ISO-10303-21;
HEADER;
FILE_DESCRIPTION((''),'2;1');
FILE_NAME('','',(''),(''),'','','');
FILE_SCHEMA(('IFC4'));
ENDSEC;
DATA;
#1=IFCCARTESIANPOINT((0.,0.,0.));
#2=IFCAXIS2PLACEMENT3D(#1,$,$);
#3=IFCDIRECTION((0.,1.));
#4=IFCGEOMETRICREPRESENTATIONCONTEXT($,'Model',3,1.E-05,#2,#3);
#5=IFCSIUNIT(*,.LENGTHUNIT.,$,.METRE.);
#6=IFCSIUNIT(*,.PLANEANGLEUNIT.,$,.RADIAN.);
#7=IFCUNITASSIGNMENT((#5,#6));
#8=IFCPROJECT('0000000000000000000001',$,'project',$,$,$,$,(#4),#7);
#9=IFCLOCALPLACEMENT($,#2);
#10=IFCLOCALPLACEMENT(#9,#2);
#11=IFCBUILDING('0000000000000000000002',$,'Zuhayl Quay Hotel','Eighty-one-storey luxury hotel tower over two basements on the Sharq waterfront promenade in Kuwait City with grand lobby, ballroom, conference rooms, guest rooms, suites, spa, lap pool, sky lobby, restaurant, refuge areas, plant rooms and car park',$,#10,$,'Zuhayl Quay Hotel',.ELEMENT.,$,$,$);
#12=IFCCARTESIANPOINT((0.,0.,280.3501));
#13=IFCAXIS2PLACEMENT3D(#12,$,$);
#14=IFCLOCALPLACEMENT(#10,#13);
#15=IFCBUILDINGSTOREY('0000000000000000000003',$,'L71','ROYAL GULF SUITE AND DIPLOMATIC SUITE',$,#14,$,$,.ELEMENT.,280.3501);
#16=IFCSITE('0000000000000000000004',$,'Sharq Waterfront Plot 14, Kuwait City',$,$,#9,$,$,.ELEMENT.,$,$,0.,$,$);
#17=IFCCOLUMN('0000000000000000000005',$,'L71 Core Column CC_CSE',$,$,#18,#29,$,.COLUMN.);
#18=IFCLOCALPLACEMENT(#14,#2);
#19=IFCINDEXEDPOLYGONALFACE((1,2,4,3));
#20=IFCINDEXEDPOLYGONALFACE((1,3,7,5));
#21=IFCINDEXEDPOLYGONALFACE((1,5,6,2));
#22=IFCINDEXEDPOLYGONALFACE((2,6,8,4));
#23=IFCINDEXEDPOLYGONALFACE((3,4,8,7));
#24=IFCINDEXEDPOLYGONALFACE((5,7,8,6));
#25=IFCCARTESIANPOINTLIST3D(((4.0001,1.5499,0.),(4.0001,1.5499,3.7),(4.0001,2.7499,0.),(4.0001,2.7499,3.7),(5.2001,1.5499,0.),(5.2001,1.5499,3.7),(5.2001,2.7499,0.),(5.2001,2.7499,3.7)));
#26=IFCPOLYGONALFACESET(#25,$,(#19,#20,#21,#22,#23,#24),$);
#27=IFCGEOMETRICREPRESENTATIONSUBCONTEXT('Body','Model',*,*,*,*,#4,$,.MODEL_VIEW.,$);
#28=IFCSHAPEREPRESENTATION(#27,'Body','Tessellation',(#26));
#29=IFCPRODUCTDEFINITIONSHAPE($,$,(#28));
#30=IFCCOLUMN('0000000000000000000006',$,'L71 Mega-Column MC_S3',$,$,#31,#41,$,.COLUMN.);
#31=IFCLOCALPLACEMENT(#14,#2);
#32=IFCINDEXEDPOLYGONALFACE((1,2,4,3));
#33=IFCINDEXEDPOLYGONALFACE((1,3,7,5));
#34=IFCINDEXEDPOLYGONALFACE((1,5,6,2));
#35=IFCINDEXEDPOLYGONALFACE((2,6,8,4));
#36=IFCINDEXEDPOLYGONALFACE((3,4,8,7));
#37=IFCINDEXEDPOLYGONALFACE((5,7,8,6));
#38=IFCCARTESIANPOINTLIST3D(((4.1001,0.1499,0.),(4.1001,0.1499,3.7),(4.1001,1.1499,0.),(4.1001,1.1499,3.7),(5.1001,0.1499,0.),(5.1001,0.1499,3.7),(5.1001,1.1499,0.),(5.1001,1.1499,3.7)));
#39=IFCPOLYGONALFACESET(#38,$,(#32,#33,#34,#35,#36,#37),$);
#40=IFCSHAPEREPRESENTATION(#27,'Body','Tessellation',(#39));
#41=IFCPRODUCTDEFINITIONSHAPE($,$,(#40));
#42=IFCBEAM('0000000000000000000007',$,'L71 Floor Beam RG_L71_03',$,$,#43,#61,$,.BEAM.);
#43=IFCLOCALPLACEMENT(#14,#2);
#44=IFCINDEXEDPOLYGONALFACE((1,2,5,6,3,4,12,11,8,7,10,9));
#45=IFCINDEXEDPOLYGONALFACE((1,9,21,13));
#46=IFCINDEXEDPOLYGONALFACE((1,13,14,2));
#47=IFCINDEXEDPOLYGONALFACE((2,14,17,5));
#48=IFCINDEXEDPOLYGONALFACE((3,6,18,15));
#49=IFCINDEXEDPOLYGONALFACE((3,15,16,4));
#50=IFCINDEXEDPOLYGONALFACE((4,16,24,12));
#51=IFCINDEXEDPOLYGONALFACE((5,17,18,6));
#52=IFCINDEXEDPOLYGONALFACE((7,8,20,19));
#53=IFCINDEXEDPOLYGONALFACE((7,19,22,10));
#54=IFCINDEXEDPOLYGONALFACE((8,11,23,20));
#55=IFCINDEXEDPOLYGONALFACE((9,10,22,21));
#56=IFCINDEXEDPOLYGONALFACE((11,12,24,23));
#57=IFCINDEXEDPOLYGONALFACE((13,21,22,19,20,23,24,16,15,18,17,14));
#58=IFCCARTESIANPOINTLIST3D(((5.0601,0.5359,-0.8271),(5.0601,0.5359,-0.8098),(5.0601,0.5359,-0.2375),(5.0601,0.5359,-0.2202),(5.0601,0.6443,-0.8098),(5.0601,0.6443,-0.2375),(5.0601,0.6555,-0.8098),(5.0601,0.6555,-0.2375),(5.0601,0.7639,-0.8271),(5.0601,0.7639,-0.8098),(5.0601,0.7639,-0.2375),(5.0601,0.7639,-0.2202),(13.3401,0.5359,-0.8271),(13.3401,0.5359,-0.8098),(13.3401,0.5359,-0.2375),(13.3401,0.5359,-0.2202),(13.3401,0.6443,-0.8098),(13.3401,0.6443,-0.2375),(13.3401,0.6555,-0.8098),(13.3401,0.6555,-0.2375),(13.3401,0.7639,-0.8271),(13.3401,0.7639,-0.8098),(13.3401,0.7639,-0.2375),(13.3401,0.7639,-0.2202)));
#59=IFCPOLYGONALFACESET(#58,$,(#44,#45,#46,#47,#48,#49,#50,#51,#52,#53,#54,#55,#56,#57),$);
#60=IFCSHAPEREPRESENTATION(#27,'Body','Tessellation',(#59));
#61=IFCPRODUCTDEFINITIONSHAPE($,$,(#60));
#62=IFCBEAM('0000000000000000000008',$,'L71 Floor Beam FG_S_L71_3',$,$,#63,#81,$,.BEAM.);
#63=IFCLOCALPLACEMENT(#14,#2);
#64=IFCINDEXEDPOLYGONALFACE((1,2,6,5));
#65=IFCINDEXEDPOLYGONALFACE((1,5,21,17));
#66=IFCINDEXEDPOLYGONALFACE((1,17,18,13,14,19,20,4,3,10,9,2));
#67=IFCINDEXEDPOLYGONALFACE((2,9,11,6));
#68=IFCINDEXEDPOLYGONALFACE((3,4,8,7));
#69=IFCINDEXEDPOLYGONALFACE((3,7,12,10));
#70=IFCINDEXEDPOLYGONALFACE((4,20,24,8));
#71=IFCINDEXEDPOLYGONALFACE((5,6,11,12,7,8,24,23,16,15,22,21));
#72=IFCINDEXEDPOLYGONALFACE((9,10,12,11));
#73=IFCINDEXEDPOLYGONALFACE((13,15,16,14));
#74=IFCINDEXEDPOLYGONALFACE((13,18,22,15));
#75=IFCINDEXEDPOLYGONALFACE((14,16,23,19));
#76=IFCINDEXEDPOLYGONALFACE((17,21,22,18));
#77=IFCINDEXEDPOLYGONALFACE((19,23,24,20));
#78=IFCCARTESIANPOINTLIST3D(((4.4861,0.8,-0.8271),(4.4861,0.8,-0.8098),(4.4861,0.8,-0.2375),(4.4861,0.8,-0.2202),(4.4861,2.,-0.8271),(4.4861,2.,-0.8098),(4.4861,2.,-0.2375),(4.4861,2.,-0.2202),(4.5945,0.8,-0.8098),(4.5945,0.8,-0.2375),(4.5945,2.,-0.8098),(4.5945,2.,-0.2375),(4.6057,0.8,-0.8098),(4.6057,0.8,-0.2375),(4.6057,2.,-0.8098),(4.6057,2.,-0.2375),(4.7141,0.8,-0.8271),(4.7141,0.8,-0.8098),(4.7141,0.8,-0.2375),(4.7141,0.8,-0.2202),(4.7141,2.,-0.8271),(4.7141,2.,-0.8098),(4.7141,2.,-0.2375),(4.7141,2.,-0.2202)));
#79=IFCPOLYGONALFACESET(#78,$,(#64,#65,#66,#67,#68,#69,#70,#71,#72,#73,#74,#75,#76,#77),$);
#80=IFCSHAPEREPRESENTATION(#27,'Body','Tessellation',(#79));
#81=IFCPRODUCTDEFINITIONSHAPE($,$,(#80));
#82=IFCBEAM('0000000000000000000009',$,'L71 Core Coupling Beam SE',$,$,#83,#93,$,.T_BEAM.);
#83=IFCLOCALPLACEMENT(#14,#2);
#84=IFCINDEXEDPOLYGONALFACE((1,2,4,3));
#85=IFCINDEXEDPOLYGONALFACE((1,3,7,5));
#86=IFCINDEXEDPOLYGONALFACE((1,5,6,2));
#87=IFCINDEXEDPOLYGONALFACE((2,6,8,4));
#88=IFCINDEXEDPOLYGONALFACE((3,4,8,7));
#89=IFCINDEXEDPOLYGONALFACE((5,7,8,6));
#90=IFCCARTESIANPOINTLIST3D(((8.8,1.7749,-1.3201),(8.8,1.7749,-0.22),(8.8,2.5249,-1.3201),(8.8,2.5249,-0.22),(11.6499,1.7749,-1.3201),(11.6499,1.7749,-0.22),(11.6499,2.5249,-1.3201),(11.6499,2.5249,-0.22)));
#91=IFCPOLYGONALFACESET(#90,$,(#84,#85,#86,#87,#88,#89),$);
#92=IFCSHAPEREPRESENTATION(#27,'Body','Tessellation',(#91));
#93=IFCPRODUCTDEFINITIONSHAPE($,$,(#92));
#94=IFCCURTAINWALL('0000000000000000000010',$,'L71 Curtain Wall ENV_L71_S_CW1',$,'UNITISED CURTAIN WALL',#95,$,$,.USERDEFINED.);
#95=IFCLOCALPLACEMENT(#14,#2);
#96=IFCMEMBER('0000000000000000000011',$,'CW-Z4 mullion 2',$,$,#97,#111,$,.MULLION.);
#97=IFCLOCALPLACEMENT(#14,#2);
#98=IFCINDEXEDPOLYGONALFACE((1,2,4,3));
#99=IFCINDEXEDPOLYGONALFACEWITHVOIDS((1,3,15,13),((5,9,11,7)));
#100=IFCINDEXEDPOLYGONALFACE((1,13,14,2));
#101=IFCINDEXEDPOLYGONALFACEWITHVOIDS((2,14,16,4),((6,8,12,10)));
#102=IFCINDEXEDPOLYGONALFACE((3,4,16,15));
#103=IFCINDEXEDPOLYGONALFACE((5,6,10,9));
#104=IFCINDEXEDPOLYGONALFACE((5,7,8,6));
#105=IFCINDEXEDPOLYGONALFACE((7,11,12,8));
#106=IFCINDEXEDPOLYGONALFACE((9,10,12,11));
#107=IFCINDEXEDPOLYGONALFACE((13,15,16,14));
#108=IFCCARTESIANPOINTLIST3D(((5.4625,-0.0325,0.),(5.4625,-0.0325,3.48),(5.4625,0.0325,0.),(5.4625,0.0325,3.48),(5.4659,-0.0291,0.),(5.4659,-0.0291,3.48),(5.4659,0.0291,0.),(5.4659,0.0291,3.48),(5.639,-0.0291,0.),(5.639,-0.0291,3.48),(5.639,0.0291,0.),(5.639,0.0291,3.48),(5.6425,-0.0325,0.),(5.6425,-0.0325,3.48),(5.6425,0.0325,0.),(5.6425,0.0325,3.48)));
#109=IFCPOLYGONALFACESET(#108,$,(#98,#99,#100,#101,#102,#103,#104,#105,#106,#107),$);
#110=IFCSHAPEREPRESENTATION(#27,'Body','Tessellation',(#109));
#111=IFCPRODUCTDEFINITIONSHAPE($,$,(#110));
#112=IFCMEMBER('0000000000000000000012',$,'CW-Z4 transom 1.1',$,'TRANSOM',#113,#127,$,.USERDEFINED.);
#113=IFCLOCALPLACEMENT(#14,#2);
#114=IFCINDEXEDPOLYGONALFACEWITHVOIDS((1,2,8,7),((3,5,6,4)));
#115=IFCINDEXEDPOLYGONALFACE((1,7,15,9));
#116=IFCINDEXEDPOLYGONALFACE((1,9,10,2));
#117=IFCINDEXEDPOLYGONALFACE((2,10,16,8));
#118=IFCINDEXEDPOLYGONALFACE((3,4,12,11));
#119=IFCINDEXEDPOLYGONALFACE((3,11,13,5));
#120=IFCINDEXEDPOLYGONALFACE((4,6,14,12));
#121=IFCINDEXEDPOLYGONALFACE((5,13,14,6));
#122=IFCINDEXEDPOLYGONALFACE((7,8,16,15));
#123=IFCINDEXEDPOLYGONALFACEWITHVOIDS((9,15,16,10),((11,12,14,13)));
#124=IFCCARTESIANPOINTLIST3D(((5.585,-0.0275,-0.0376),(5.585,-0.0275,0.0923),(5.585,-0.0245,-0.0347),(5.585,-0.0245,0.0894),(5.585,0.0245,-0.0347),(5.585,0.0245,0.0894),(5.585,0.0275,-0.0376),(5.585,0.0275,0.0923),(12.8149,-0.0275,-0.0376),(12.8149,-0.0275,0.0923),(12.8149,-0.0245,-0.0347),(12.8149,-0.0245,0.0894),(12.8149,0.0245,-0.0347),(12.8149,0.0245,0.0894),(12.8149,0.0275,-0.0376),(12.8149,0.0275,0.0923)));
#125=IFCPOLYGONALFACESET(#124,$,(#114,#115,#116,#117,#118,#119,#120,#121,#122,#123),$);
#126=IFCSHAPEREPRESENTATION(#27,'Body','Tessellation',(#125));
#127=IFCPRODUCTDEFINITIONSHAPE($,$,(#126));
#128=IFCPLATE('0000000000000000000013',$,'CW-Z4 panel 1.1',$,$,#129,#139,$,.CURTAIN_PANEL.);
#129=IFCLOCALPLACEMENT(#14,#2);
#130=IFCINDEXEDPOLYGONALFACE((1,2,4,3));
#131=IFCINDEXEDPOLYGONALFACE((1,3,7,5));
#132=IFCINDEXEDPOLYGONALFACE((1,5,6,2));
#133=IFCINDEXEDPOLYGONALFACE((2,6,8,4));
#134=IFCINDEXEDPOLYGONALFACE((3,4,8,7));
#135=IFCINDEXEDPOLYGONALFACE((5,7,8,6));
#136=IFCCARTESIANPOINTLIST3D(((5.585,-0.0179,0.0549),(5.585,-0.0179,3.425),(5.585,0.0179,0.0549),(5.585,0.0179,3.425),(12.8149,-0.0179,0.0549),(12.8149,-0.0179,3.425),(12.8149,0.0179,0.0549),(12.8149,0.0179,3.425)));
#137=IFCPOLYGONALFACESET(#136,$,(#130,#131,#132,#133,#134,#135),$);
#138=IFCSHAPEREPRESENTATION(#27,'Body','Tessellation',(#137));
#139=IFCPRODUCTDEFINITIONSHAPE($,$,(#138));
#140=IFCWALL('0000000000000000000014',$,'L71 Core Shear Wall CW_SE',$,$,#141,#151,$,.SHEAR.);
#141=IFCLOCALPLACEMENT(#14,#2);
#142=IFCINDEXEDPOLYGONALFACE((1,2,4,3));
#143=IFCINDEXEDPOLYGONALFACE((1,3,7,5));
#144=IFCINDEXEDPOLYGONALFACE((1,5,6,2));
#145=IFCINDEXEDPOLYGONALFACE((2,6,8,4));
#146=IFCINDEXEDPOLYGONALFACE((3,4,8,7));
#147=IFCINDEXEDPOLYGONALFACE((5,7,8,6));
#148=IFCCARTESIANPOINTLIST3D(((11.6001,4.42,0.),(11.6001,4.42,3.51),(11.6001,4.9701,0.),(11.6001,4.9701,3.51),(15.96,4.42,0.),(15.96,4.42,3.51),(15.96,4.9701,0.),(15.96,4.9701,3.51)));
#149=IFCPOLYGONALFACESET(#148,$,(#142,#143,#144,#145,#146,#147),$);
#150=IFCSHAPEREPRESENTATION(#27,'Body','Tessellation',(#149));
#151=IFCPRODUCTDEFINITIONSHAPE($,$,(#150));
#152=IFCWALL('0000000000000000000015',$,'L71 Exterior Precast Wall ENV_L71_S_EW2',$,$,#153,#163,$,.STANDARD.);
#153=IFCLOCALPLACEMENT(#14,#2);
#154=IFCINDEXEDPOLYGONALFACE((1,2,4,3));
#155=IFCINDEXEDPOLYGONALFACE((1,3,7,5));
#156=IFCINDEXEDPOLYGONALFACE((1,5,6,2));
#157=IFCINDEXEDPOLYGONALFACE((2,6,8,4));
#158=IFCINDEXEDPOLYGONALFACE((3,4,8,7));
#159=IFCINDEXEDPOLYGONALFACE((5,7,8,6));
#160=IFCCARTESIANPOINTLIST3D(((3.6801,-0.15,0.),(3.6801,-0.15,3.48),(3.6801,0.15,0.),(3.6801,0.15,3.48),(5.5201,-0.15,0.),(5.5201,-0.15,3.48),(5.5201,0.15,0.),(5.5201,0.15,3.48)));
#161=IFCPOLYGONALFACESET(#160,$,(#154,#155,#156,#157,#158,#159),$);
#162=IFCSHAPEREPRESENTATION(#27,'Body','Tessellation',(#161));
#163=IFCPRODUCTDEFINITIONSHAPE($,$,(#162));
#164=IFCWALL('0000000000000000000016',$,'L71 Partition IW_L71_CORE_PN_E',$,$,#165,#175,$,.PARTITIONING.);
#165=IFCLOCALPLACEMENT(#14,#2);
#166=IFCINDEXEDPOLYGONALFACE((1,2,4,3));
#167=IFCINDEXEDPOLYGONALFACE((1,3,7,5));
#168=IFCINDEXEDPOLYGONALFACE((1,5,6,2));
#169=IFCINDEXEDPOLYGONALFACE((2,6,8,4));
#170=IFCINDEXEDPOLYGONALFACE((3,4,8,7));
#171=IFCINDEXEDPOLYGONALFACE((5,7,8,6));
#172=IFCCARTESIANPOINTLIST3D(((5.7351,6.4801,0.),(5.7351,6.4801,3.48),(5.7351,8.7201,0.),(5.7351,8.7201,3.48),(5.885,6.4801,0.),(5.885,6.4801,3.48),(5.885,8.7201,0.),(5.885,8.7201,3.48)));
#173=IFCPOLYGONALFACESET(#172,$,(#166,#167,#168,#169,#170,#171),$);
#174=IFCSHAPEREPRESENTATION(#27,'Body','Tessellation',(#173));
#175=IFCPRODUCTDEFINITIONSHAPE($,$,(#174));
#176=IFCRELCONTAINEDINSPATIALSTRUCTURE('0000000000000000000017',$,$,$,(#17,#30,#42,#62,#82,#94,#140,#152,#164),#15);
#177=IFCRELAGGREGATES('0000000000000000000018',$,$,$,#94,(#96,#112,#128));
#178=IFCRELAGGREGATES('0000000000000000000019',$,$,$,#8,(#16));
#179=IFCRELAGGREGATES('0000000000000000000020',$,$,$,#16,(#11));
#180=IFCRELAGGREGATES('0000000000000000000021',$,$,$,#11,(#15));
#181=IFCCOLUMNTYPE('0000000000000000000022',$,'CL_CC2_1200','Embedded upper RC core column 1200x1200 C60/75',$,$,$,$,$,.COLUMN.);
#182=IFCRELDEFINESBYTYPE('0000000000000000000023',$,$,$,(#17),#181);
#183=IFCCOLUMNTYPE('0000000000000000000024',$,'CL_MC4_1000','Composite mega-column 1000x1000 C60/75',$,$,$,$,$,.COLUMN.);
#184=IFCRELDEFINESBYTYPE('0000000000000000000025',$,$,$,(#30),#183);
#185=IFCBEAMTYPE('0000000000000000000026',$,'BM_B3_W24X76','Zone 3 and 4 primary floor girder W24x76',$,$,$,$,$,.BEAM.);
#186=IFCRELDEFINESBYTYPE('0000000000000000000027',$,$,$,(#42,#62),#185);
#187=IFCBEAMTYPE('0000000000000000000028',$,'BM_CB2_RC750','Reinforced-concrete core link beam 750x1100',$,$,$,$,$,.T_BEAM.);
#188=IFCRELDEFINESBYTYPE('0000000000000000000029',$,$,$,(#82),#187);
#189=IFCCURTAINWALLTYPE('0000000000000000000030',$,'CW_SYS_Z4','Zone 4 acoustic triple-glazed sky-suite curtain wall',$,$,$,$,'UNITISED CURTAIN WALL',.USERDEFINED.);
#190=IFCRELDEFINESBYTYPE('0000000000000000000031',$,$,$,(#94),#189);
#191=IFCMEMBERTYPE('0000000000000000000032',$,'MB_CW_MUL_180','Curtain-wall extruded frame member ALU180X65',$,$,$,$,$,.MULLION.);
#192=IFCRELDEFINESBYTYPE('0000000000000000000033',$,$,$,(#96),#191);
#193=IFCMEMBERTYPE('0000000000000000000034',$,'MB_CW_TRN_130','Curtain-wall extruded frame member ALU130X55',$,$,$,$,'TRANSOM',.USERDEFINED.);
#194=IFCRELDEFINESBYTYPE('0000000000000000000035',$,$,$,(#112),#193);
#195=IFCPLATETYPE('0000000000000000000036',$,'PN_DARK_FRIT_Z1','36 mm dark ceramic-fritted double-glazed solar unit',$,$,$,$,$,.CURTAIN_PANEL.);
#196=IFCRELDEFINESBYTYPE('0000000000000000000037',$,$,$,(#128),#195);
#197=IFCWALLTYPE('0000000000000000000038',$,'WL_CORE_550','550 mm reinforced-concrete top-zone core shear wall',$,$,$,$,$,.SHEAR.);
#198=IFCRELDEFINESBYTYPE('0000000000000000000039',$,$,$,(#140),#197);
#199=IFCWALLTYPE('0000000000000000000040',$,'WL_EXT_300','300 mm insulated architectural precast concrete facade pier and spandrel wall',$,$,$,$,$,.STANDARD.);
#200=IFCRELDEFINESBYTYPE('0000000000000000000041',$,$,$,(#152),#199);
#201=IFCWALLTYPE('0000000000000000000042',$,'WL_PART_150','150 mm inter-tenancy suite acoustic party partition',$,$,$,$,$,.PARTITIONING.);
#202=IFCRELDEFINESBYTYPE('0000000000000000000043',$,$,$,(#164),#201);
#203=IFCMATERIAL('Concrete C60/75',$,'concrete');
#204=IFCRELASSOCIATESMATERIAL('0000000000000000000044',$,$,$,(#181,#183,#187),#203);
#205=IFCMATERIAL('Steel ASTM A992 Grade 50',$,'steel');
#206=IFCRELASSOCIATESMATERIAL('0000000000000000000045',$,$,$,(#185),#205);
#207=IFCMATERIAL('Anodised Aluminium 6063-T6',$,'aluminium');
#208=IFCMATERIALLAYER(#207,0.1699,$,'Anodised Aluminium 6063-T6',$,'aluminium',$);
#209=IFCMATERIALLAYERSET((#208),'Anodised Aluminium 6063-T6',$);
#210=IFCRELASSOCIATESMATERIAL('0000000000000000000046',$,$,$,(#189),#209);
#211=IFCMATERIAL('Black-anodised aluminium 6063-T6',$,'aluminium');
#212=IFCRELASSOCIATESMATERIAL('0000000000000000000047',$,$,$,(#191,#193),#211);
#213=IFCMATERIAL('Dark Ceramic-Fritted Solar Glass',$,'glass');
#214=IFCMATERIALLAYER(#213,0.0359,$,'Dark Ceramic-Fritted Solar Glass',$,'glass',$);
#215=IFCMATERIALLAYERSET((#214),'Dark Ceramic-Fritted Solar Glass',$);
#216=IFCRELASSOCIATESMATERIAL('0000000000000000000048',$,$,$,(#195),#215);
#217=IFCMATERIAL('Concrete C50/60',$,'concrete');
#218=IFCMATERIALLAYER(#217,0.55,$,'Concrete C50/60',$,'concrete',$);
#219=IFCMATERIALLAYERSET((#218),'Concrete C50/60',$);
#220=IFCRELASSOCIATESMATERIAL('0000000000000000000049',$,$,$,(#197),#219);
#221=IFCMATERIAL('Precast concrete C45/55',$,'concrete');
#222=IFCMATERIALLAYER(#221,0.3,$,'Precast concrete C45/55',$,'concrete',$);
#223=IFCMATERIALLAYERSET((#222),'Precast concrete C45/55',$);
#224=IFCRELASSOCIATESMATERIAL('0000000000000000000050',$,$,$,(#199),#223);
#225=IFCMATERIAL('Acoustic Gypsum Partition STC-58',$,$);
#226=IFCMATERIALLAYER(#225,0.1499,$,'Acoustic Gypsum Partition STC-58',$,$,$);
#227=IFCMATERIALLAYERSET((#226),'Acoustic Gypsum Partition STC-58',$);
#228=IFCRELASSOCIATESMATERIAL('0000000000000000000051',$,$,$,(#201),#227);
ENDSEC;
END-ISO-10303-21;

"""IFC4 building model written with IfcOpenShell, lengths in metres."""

from ifc_helpers import new_model, si_unit, direction, frame, frame_2d, origin, origin_2d, place, context, subcontext, project, spatial, rectangle, hollow_rectangle, i_section, extrude, material, layer, layer_set, material_profile, profile_set, type_object, element, aggregate, save


model = new_model("IFC4")

# Units and contexts
model_context = context("Model", 3, precision=1e-05, world=origin(), true_north=direction((0.0, 1.0)))
body_context = subcontext(model_context, "Body", "Model", "MODEL_VIEW")
ifc_project = project(units=[si_unit("LENGTHUNIT", "METRE"), si_unit("PLANEANGLEUNIT", "RADIAN")], contexts=[model_context])

# Site, building, storey
site_placement = place(None, origin())
site = spatial("IfcSite", under=ifc_project, at=site_placement, Name="Sharq Waterfront Plot 14, Kuwait City", CompositionType="ELEMENT", RefElevation=0.0)
building_placement = place(site_placement, origin())
building = spatial("IfcBuilding", under=site, at=building_placement, Name="Zuhayl Quay Hotel", Description="Eighty-one-storey luxury hotel tower over two basements on the Sharq waterfront promenade in Kuwait City with grand lobby, ballroom, conference rooms, guest rooms, suites, spa, lap pool, sky lobby, restaurant, refuge areas, plant rooms and car park", LongName="Zuhayl Quay Hotel", CompositionType="ELEMENT")
storey_placement = place(building_placement, frame((0.0, 0.0, 280.3501)))
storey = spatial("IfcBuildingStorey", under=building, at=storey_placement, Name="L71", Description="ROYAL GULF SUITE AND DIPLOMATIC SUITE", CompositionType="ELEMENT", Elevation=280.3501)

# Columns
ifc_material_1 = material(Name="Concrete C60/75", Category="concrete")
ifc_material_profile_1 = material_profile(ifc_material_1, rectangle(XDim=1.2, YDim=1.2, at=origin_2d()), Name="RC1200X1200")
ifc_profile_set_1 = profile_set([ifc_material_profile_1], Name="Concrete C60/75")
column_type_1 = type_object("IfcColumnType", Name="CL_CC2_1200", Description="Embedded upper RC core column 1200x1200 C60/75", PredefinedType="COLUMN", material=ifc_profile_set_1)
column_1_placement = place(storey_placement, frame((4.6001, 2.1499, 0.0), z_axis=(0.0, 0.0, 1.0), x_axis=(1.0, 0.0, 0.0)))
element("IfcColumn", 1, at=column_1_placement, inside=storey, type_object=column_type_1, Name="L71 Core Column CC_CSE", PredefinedType="COLUMN", context=body_context, shape_type="SweptSolid", body=[
    extrude(rectangle(XDim=1.2, YDim=1.2, at=origin_2d()), origin(), (0.0, 0.0, 1.0), 3.7),
])
ifc_material_profile_2 = material_profile(ifc_material_1, rectangle(XDim=1.0, YDim=1.0, at=origin_2d()), Name="RC1000X1000")
ifc_profile_set_2 = profile_set([ifc_material_profile_2], Name="Concrete C60/75")
column_type_2 = type_object("IfcColumnType", Name="CL_MC4_1000", Description="Composite mega-column 1000x1000 C60/75", PredefinedType="COLUMN", material=ifc_profile_set_2)
column_2_placement = place(storey_placement, frame((4.6001, 0.6499, 0.0), z_axis=(0.0, 0.0, 1.0), x_axis=(1.0, 0.0, 0.0)))
element("IfcColumn", 2, at=column_2_placement, inside=storey, type_object=column_type_2, Name="L71 Mega-Column MC_S3", PredefinedType="COLUMN", context=body_context, shape_type="SweptSolid", body=[
    extrude(rectangle(XDim=1.0, YDim=1.0, at=origin_2d()), origin(), (0.0, 0.0, 1.0), 3.7),
])

# Beams
ifc_material_2 = material(Name="Steel ASTM A992 Grade 50", Category="steel")
ifc_material_profile_3 = material_profile(ifc_material_2, i_section(OverallWidth=0.228, OverallDepth=0.6069, WebThickness=0.0112, FlangeThickness=0.0173, at=origin_2d()), Name="W24X76")
ifc_profile_set_3 = profile_set([ifc_material_profile_3], Name="Steel ASTM A992 Grade 50")
beam_type_1 = type_object("IfcBeamType", Name="BM_B3_W24X76", Description="Zone 3 and 4 primary floor girder W24x76", PredefinedType="BEAM", material=ifc_profile_set_3)
beam_1_placement = place(storey_placement, frame((5.0601, 0.6499, -0.5237), z_axis=(1.0, 0.0, 0.0), x_axis=(0.0, 1.0, 0.0)))
element("IfcBeam", 3, at=beam_1_placement, inside=storey, type_object=beam_type_1, Name="L71 Floor Beam RG_L71_03", PredefinedType="BEAM", context=body_context, shape_type="SweptSolid", body=[
    extrude(i_section(OverallWidth=0.228, OverallDepth=0.6069, WebThickness=0.0112, FlangeThickness=0.0173, at=origin_2d()), origin(), (0.0, 0.0, 1.0), 8.28),
])
beam_2_placement = place(storey_placement, frame((4.6001, 0.8, -0.5237), z_axis=(0.0, 1.0, 0.0), x_axis=(-1.0, 0.0, 0.0)))
element("IfcBeam", 4, at=beam_2_placement, inside=storey, type_object=beam_type_1, Name="L71 Floor Beam FG_S_L71_3", PredefinedType="BEAM", context=body_context, shape_type="SweptSolid", body=[
    extrude(i_section(OverallWidth=0.228, OverallDepth=0.6069, WebThickness=0.0112, FlangeThickness=0.0173, at=origin_2d()), origin(), (0.0, 0.0, 1.0), 1.2),
])
ifc_material_profile_4 = material_profile(ifc_material_1, rectangle(XDim=0.75, YDim=1.1001, at=origin_2d()), Name="RC750X1100")
ifc_profile_set_4 = profile_set([ifc_material_profile_4], Name="Concrete C60/75")
beam_type_2 = type_object("IfcBeamType", Name="BM_CB2_RC750", Description="Reinforced-concrete core link beam 750x1100", PredefinedType="T_BEAM", material=ifc_profile_set_4)
beam_3_placement = place(storey_placement, frame((8.8, 2.1499, -0.77), z_axis=(1.0, 0.0, 0.0), x_axis=(0.0, 1.0, 0.0)))
element("IfcBeam", 5, at=beam_3_placement, inside=storey, type_object=beam_type_2, Name="L71 Core Coupling Beam SE", PredefinedType="T_BEAM", context=body_context, shape_type="SweptSolid", body=[
    extrude(rectangle(XDim=0.75, YDim=1.1001, at=origin_2d()), origin(), (0.0, 0.0, 1.0), 2.8499),
])

# Curtain wall, members, plate
ifc_material_3 = material(Name="Anodised Aluminium 6063-T6", Category="aluminium")
ifc_layer_1 = layer(ifc_material_3, 0.1699, Name="Anodised Aluminium 6063-T6", Category="aluminium")
ifc_layer_set_1 = layer_set([ifc_layer_1], Name="Anodised Aluminium 6063-T6")
curtain_wall_type = type_object("IfcCurtainWallType", Name="CW_SYS_Z4", Description="Zone 4 acoustic triple-glazed sky-suite curtain wall", ElementType="UNITISED CURTAIN WALL", PredefinedType="USERDEFINED", material=ifc_layer_set_1)
curtain_wall_placement = place(storey_placement, origin())
curtain_wall = element("IfcCurtainWall", 6, at=curtain_wall_placement, inside=storey, type_object=curtain_wall_type, Name="L71 Curtain Wall ENV_L71_S_CW1", ObjectType="UNITISED CURTAIN WALL", PredefinedType="USERDEFINED")
ifc_material_4 = material(Name="Black-anodised aluminium 6063-T6", Category="aluminium")
ifc_material_profile_5 = material_profile(ifc_material_4, hollow_rectangle(XDim=0.0649, YDim=0.1799, WallThickness=0.0034, at=origin_2d()), Name="ALU180X65")
ifc_profile_set_5 = profile_set([ifc_material_profile_5], Name="Black-anodised aluminium 6063-T6")
member_type_1 = type_object("IfcMemberType", Name="MB_CW_MUL_180", Description="Curtain-wall extruded frame member ALU180X65", PredefinedType="MULLION", material=ifc_profile_set_5)
member_1_placement = place(storey_placement, frame((5.5525, 0.0, 0.0), z_axis=(0.0, 0.0, 1.0), x_axis=(0.0, -1.0, 0.0)))
member_1 = element("IfcMember", 7, at=member_1_placement, type_object=member_type_1, Name="CW-Z4 mullion 2", PredefinedType="MULLION", context=body_context, shape_type="SweptSolid", body=[
    extrude(hollow_rectangle(XDim=0.0649, YDim=0.1799, WallThickness=0.0034, at=origin_2d()), origin(), (0.0, 0.0, 1.0), 3.48),
])
ifc_material_profile_6 = material_profile(ifc_material_4, hollow_rectangle(XDim=0.0549, YDim=0.1299, WallThickness=0.0029, at=origin_2d()), Name="ALU130X55")
ifc_profile_set_6 = profile_set([ifc_material_profile_6], Name="Black-anodised aluminium 6063-T6")
member_type_2 = type_object("IfcMemberType", Name="MB_CW_TRN_130", Description="Curtain-wall extruded frame member ALU130X55", ElementType="TRANSOM", PredefinedType="USERDEFINED", material=ifc_profile_set_6)
member_2_placement = place(storey_placement, frame((12.8149, 0.0, 0.0273), z_axis=(-1.0, 0.0, 0.0), x_axis=(0.0, -1.0, 0.0)))
member_2 = element("IfcMember", 8, at=member_2_placement, type_object=member_type_2, Name="CW-Z4 transom 1.1", ObjectType="TRANSOM", PredefinedType="USERDEFINED", context=body_context, shape_type="SweptSolid", body=[
    extrude(hollow_rectangle(XDim=0.0549, YDim=0.1299, WallThickness=0.0029, at=origin_2d()), origin(), (0.0, 0.0, 1.0), 7.23),
])
ifc_material_5 = material(Name="Dark Ceramic-Fritted Solar Glass", Category="glass")
ifc_layer_2 = layer(ifc_material_5, 0.0359, Name="Dark Ceramic-Fritted Solar Glass", Category="glass")
ifc_layer_set_2 = layer_set([ifc_layer_2], Name="Dark Ceramic-Fritted Solar Glass")
plate_type = type_object("IfcPlateType", Name="PN_DARK_FRIT_Z1", Description="36 mm dark ceramic-fritted double-glazed solar unit", PredefinedType="CURTAIN_PANEL", material=ifc_layer_set_2)
plate_placement = place(storey_placement, frame((9.2, 0.0, 0.0549), z_axis=(0.0, 0.0, 1.0), x_axis=(-1.0, 0.0, 0.0)))
plate = element("IfcPlate", 9, at=plate_placement, type_object=plate_type, Name="CW-Z4 panel 1.1", PredefinedType="CURTAIN_PANEL", context=body_context, shape_type="SweptSolid", body=[
    extrude(rectangle(XDim=7.23, YDim=0.0359, at=origin_2d()), origin(), (0.0, 0.0, 1.0), 3.3701),
])
aggregate(curtain_wall, [member_1, member_2, plate])

# Walls
ifc_material_6 = material(Name="Concrete C50/60", Category="concrete")
ifc_layer_3 = layer(ifc_material_6, 0.55, Name="Concrete C50/60", Category="concrete")
ifc_layer_set_3 = layer_set([ifc_layer_3], Name="Concrete C50/60")
wall_type_1 = type_object("IfcWallType", Name="WL_CORE_550", Description="550 mm reinforced-concrete top-zone core shear wall", PredefinedType="SHEAR", material=ifc_layer_set_3)
wall_1_placement = place(storey_placement, frame((11.6001, 4.6951, 0.0), z_axis=(0.0, 0.0, 1.0), x_axis=(1.0, 0.0, 0.0)))
element("IfcWall", 10, at=wall_1_placement, inside=storey, type_object=wall_type_1, Name="L71 Core Shear Wall CW_SE", PredefinedType="SHEAR", context=body_context, shape_type="SweptSolid", body=[
    extrude(rectangle(XDim=4.3599, YDim=0.55, at=frame_2d((2.1799, 0.0))), origin(), (0.0, 0.0, 1.0), 3.51),
])
ifc_material_7 = material(Name="Precast concrete C45/55", Category="concrete")
ifc_layer_4 = layer(ifc_material_7, 0.3, Name="Precast concrete C45/55", Category="concrete")
ifc_layer_set_4 = layer_set([ifc_layer_4], Name="Precast concrete C45/55")
wall_type_2 = type_object("IfcWallType", Name="WL_EXT_300", Description="300 mm insulated architectural precast concrete facade pier and spandrel wall", PredefinedType="STANDARD", material=ifc_layer_set_4)
wall_2_placement = place(storey_placement, frame((5.52, 0.0, 0.0), z_axis=(0.0, 0.0, 1.0), x_axis=(-1.0, 0.0, 0.0)))
element("IfcWall", 11, at=wall_2_placement, inside=storey, type_object=wall_type_2, Name="L71 Exterior Precast Wall ENV_L71_S_EW2", PredefinedType="STANDARD", context=body_context, shape_type="SweptSolid", body=[
    extrude(rectangle(XDim=1.8401, YDim=0.3, at=frame_2d((0.9199, 0.0))), origin(), (0.0, 0.0, 1.0), 3.48),
])
ifc_material_8 = material(Name="Acoustic Gypsum Partition STC-58")
ifc_layer_5 = layer(ifc_material_8, 0.1499, Name="Acoustic Gypsum Partition STC-58")
ifc_layer_set_5 = layer_set([ifc_layer_5], Name="Acoustic Gypsum Partition STC-58")
wall_type_3 = type_object("IfcWallType", Name="WL_PART_150", Description="150 mm inter-tenancy suite acoustic party partition", PredefinedType="PARTITIONING", material=ifc_layer_set_5)
wall_3_placement = place(storey_placement, frame((5.8101, 6.48, 0.0), z_axis=(0.0, 0.0, 1.0), x_axis=(0.0, 1.0, 0.0)))
element("IfcWall", 12, at=wall_3_placement, inside=storey, type_object=wall_type_3, Name="L71 Partition IW_L71_CORE_PN_E", PredefinedType="PARTITIONING", context=body_context, shape_type="SweptSolid", body=[
    extrude(rectangle(XDim=2.24, YDim=0.1499, at=frame_2d((1.1201, 0.0))), origin(), (0.0, 0.0, 1.0), 3.48),
])

save(model, "model.ifc")
